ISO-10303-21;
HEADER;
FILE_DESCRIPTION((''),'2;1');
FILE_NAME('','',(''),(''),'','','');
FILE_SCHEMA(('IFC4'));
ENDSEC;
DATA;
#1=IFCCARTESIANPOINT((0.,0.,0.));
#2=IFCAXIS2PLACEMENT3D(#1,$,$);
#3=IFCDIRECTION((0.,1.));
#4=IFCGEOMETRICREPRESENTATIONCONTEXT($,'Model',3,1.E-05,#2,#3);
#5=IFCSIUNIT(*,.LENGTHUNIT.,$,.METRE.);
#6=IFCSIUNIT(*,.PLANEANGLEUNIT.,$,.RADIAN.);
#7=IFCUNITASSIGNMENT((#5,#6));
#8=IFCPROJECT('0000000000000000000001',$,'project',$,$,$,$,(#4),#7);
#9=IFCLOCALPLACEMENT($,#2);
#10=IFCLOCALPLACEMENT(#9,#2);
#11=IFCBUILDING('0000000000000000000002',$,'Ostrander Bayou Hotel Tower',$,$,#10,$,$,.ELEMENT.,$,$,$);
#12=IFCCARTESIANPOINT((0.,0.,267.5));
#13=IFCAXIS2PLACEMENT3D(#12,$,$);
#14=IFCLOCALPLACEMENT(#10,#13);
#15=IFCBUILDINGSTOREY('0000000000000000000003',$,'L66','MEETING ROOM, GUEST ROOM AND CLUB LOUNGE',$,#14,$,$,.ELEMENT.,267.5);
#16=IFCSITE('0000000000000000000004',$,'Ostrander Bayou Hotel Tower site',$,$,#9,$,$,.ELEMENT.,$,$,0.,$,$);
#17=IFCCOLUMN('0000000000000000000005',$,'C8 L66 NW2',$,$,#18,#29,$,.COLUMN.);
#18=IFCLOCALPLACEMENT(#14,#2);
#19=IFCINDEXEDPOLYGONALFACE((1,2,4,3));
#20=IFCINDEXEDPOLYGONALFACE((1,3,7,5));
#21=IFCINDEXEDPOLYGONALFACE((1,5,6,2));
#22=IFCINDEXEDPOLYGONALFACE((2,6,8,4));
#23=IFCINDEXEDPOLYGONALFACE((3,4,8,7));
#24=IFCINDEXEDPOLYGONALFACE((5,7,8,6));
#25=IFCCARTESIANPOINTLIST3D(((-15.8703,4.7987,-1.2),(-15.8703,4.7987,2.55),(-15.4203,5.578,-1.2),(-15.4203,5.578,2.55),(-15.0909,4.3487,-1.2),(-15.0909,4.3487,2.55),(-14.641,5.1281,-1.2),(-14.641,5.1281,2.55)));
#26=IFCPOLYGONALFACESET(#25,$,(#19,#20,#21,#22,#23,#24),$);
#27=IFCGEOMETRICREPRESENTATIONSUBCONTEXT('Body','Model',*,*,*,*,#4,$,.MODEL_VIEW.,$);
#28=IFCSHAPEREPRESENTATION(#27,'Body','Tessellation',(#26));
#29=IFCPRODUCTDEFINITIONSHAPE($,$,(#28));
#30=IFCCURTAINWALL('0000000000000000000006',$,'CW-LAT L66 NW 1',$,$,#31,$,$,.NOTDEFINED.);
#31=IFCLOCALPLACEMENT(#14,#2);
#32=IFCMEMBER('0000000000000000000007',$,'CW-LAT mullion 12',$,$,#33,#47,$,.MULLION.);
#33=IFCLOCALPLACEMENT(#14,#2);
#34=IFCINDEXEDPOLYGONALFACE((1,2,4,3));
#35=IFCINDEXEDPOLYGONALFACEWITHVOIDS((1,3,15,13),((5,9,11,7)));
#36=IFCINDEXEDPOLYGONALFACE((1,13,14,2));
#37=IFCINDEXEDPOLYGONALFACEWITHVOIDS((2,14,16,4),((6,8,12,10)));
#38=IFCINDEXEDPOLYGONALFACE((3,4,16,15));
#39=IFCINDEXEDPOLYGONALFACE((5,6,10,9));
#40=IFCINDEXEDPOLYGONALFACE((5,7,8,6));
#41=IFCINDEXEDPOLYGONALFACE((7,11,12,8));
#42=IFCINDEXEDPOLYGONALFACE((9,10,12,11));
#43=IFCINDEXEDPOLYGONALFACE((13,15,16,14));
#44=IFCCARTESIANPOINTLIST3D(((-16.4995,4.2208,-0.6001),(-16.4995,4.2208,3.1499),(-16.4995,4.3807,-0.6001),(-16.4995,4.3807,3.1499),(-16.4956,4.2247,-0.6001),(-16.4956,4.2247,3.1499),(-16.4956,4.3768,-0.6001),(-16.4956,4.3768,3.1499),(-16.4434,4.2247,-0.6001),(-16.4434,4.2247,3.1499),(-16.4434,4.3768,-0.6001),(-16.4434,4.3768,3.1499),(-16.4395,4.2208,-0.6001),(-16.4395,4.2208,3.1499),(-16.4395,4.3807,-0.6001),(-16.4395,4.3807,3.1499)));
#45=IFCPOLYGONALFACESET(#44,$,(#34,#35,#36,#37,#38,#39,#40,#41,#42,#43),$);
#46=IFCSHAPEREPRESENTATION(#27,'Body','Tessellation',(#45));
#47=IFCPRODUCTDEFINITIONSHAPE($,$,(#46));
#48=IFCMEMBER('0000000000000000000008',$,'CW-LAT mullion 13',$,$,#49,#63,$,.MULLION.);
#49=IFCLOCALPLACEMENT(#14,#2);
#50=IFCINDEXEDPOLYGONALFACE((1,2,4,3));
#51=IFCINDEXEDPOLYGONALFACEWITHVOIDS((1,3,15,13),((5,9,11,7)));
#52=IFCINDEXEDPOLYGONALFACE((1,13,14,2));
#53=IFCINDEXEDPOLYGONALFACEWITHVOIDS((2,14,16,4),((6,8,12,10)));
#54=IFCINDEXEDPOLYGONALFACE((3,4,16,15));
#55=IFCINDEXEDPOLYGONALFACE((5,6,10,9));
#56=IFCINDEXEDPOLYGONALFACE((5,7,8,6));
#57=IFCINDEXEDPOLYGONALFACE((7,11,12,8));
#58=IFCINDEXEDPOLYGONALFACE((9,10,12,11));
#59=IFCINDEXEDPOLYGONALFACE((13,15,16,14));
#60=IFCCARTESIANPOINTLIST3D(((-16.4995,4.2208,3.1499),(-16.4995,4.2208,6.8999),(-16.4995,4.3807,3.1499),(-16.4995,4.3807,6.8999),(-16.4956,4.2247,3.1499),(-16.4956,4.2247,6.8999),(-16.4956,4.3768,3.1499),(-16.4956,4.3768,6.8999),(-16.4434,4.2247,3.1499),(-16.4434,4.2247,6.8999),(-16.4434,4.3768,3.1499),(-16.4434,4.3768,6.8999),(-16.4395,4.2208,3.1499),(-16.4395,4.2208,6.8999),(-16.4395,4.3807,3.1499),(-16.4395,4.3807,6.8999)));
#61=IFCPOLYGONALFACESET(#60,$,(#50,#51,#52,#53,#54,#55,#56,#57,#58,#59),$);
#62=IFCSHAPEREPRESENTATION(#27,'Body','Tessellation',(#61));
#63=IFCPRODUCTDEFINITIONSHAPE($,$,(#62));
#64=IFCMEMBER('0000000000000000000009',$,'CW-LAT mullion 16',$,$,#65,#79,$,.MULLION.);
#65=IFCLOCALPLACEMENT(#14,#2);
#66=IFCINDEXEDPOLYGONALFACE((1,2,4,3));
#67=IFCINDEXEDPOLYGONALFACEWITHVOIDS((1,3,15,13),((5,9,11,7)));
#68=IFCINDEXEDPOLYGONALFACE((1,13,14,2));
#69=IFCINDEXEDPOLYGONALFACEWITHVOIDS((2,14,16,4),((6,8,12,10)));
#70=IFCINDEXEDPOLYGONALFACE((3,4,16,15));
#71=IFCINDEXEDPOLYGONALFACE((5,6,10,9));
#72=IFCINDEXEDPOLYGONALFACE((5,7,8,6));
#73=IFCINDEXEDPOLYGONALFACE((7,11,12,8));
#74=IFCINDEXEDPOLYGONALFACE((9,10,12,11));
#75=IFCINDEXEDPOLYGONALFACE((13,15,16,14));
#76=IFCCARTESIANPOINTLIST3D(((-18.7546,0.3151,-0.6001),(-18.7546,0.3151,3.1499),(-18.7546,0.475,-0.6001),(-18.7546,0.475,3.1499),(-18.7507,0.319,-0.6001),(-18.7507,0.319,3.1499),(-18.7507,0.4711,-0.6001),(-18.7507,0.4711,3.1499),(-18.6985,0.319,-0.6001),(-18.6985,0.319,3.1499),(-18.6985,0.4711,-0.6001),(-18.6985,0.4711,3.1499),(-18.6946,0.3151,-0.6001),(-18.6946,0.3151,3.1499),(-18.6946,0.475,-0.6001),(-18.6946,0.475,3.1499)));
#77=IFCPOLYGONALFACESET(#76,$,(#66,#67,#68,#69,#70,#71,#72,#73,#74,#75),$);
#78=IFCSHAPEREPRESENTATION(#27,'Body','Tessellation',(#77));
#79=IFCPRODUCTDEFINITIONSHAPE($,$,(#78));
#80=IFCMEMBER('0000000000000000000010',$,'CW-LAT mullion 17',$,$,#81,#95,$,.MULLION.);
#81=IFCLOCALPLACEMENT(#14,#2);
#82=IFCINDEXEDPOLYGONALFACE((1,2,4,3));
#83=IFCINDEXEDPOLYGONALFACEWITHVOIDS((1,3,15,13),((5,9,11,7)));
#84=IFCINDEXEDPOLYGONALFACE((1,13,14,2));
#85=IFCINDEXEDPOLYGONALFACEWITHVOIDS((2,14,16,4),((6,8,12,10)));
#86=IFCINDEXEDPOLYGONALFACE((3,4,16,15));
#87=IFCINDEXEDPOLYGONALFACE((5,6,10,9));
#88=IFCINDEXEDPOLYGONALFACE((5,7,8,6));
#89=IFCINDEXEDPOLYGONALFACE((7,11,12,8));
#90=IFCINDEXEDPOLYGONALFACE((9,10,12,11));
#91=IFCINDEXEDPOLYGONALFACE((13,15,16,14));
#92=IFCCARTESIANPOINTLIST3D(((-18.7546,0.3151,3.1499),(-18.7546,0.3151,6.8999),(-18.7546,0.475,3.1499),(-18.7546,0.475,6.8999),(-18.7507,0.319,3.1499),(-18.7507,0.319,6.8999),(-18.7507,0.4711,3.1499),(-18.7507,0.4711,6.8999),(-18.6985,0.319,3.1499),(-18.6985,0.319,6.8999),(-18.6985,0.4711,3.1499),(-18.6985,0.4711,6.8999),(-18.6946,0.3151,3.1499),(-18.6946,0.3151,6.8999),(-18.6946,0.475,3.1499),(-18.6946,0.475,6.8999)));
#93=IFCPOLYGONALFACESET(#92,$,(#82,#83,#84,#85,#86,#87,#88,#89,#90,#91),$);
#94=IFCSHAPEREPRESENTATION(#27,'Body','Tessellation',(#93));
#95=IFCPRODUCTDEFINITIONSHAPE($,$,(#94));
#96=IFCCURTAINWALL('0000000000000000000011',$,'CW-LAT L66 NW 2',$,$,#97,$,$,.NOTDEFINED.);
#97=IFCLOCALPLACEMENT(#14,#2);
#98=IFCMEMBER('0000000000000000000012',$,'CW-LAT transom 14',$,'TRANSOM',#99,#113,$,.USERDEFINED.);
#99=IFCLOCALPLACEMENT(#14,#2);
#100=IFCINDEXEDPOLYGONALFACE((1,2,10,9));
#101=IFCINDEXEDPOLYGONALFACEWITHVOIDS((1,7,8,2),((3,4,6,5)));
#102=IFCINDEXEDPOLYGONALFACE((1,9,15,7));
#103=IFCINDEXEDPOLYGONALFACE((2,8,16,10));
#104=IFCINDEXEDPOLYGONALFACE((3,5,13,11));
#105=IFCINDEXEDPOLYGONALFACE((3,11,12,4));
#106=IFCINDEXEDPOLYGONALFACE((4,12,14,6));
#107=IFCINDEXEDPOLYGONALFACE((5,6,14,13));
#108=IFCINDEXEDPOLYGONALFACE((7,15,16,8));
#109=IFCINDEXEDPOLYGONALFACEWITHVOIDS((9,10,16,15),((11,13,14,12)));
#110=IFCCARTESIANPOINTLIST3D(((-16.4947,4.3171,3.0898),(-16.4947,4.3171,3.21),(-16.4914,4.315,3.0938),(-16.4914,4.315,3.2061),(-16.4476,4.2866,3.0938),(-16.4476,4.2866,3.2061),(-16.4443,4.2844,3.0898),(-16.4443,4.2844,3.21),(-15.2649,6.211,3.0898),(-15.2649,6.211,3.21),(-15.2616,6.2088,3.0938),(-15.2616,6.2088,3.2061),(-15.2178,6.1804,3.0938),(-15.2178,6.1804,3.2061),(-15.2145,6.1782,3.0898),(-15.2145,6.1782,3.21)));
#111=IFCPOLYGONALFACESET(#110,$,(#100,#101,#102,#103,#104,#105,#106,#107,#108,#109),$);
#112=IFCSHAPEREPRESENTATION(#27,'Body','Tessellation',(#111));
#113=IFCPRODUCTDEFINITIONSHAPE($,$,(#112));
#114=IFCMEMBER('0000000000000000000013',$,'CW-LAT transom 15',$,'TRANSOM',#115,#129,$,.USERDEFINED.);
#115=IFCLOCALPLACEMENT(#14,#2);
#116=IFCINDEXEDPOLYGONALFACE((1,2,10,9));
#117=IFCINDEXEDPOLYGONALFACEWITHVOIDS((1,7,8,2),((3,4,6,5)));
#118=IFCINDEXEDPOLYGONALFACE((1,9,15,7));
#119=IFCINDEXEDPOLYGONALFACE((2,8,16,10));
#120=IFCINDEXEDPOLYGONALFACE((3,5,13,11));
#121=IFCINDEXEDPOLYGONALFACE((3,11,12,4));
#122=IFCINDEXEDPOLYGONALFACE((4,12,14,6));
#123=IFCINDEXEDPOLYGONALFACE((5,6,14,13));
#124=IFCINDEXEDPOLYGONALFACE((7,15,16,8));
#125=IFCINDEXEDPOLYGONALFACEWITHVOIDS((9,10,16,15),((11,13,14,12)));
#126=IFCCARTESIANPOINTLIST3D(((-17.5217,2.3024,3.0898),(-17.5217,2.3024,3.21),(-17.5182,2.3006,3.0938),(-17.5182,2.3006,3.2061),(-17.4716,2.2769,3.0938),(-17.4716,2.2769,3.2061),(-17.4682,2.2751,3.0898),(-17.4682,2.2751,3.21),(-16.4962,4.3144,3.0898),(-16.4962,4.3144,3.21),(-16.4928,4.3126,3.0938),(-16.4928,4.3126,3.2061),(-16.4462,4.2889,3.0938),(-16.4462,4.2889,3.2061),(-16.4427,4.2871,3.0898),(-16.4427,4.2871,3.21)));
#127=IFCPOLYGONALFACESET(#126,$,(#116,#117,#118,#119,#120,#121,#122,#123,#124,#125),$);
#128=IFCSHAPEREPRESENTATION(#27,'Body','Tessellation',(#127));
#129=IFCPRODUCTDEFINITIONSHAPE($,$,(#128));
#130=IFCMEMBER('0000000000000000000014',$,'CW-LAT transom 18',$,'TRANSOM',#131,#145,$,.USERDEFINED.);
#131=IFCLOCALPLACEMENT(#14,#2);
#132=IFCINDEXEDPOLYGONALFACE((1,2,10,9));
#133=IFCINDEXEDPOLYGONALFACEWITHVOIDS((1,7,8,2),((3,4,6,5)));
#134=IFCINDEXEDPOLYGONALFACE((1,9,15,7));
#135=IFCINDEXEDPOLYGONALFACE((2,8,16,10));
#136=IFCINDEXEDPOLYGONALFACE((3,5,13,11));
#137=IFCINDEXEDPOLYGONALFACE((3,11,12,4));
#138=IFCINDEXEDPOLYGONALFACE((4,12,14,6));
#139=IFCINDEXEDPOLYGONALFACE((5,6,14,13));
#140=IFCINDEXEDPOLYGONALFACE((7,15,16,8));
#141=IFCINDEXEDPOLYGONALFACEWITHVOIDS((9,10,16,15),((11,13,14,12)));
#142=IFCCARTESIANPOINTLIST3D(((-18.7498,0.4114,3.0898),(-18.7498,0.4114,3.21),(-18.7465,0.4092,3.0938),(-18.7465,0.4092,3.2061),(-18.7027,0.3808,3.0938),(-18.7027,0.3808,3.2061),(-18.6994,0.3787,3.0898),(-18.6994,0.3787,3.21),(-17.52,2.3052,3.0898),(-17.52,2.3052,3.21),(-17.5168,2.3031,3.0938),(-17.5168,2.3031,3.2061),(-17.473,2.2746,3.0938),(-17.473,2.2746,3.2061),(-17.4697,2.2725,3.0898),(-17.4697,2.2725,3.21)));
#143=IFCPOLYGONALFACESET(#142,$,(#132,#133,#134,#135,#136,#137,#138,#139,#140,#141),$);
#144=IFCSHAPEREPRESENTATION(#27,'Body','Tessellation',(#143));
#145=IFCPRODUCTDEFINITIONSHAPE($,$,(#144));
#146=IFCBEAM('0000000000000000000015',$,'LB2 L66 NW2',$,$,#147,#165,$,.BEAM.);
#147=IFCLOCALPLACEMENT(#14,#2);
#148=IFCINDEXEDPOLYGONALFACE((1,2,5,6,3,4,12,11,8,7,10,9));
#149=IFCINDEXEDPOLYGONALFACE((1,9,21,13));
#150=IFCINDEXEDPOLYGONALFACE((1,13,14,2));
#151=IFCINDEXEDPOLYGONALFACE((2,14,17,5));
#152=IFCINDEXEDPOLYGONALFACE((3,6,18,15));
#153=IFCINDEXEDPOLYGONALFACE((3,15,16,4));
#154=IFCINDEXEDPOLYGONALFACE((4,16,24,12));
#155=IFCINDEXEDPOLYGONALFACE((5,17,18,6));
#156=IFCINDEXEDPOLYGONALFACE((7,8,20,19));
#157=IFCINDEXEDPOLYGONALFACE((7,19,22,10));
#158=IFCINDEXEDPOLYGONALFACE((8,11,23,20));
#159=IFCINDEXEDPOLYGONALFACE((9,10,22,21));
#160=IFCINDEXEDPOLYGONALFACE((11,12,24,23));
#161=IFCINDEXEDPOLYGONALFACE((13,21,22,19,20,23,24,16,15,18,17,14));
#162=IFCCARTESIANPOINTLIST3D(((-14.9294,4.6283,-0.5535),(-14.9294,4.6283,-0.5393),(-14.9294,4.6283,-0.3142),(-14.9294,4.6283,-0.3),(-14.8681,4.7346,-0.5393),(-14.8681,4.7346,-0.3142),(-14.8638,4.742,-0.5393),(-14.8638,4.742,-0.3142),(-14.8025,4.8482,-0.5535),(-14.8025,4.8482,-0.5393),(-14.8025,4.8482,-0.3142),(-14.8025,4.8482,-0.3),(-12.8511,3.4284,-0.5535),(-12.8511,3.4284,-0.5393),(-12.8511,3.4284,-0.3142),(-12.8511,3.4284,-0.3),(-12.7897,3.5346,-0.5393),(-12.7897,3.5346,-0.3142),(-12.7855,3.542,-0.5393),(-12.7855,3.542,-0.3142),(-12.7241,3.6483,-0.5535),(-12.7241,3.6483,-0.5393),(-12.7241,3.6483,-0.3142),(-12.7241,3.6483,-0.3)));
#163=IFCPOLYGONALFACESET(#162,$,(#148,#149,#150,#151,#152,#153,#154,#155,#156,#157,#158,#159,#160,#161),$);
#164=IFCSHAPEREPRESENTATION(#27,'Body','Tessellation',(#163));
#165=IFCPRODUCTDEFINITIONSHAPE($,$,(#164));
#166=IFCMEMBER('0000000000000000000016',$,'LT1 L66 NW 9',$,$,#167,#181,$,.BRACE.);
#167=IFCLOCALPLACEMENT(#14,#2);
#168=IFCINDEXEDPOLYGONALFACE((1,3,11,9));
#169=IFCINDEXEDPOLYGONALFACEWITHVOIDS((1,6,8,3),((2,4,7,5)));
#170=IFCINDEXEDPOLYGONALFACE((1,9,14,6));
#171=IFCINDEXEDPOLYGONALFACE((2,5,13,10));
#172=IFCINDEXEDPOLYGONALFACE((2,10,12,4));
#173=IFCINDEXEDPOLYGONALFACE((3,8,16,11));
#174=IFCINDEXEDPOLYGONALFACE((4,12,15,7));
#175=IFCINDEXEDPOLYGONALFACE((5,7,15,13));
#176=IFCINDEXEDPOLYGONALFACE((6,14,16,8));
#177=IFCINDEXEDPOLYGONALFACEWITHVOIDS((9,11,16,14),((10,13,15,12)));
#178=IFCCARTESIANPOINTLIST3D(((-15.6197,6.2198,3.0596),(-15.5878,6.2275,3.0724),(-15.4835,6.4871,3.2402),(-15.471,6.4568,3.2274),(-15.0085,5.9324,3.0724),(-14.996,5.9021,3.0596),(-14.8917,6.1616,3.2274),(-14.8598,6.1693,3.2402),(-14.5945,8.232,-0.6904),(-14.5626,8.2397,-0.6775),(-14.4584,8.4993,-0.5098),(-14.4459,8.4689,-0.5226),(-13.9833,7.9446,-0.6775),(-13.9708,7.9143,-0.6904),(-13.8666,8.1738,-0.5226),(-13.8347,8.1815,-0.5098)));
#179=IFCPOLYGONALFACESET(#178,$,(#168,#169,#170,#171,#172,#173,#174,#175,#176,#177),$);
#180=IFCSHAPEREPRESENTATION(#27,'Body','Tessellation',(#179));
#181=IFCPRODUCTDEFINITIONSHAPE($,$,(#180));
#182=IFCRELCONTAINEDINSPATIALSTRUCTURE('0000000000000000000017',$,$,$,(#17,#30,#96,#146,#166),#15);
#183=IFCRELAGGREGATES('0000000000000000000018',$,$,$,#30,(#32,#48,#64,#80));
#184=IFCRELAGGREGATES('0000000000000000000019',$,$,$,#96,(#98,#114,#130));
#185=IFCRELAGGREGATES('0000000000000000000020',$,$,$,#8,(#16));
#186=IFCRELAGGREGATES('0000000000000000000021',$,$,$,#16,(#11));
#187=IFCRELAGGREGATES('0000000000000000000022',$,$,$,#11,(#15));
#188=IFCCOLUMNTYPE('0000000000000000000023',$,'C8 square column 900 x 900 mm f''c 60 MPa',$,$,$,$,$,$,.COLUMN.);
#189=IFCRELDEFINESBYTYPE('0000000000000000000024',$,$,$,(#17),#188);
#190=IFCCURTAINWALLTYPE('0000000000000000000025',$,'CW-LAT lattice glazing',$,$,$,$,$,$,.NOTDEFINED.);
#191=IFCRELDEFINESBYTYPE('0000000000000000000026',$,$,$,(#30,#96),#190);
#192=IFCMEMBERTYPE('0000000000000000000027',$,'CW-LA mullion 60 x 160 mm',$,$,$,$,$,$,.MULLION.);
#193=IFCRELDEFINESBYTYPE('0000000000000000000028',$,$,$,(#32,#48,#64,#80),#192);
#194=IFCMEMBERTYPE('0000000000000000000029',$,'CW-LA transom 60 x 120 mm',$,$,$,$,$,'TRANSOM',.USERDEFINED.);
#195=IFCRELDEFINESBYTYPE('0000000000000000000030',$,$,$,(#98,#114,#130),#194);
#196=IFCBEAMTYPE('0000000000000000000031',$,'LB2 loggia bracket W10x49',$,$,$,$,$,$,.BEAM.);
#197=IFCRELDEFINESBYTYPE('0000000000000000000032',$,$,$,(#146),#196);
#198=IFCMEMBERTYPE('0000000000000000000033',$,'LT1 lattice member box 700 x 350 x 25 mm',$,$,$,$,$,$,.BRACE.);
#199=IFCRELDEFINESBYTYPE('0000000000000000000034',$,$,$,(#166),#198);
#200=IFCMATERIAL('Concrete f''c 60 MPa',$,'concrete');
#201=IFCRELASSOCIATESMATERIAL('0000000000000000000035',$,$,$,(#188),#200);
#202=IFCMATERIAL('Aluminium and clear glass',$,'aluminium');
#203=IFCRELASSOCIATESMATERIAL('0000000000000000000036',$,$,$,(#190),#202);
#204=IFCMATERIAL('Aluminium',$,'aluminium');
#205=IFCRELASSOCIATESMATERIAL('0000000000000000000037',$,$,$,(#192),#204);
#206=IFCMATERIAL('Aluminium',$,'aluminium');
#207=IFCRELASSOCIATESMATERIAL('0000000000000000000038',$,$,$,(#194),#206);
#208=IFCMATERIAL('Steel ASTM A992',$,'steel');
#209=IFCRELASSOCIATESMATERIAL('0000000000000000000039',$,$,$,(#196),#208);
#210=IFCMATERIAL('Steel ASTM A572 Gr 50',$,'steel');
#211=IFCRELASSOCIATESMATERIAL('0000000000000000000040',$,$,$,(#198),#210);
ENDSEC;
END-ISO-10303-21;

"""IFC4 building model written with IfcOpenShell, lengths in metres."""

from ifc_helpers import new_model, si_unit, direction, frame, origin, origin_2d, place, context, subcontext, project, spatial, rectangle, hollow_rectangle, i_section, extrude, material, material_profile, profile_set, type_object, element, aggregate, save


model = new_model("IFC4")

# Units and contexts
model_context = context("Model", 3, precision=1e-05, world=origin(), true_north=direction((0.0, 1.0)))
body_context = subcontext(model_context, "Body", "Model", "MODEL_VIEW")
ifc_project = project(units=[si_unit("LENGTHUNIT", "METRE"), si_unit("PLANEANGLEUNIT", "RADIAN")], contexts=[model_context])

# Site, building, storey
site_placement = place(None, origin())
site = spatial("IfcSite", under=ifc_project, at=site_placement, Name="Ostrander Bayou Hotel Tower site", CompositionType="ELEMENT", RefElevation=0.0)
building_placement = place(site_placement, origin())
building = spatial("IfcBuilding", under=site, at=building_placement, Name="Ostrander Bayou Hotel Tower", CompositionType="ELEMENT")
storey_placement = place(building_placement, frame((0.0, 0.0, 267.5)))
storey = spatial("IfcBuildingStorey", under=building, at=storey_placement, Name="L66", Description="MEETING ROOM, GUEST ROOM AND CLUB LOUNGE", CompositionType="ELEMENT", Elevation=267.5)

# Column
ifc_material_1 = material(Name="Concrete f'c 60 MPa", Category="concrete")
ifc_material_profile_1 = material_profile(ifc_material_1, rectangle(XDim=0.8999, YDim=0.8999, at=origin_2d()))
ifc_profile_set_1 = profile_set([ifc_material_profile_1], Name="Concrete f'c 60 MPa")
column_type = type_object("IfcColumnType", Name="C8 square column 900 x 900 mm f'c 60 MPa", PredefinedType="COLUMN", material=ifc_profile_set_1)
column_placement = place(storey_placement, frame((-15.2556, 4.9634, -1.2), z_axis=(0.0, 0.0, 1.0), x_axis=(0.5, 0.866025, 0.0)))
element("IfcColumn", 1, at=column_placement, inside=storey, type_object=column_type, Name="C8 L66 NW2", PredefinedType="COLUMN", context=body_context, shape_type="SweptSolid", body=[
    extrude(rectangle(XDim=0.8999, YDim=0.8999, at=origin_2d()), origin(), (0.0, 0.0, 1.0), 3.75),
])

# Curtain walls, members
ifc_material_2 = material(Name="Aluminium and clear glass", Category="aluminium")
curtain_wall_type = type_object("IfcCurtainWallType", Name="CW-LAT lattice glazing", PredefinedType="NOTDEFINED", material=ifc_material_2)
curtain_wall_1_placement = place(storey_placement, origin())
curtain_wall_1 = element("IfcCurtainWall", 2, at=curtain_wall_1_placement, inside=storey, type_object=curtain_wall_type, Name="CW-LAT L66 NW 1", PredefinedType="NOTDEFINED")
ifc_material_3 = material(Name="Aluminium", Category="aluminium")
ifc_material_profile_2 = material_profile(ifc_material_3, hollow_rectangle(XDim=0.0601, YDim=0.1599, WallThickness=0.0039, at=origin_2d()))
ifc_profile_set_2 = profile_set([ifc_material_profile_2], Name="Aluminium")
member_type_1 = type_object("IfcMemberType", Name="CW-LA mullion 60 x 160 mm", PredefinedType="MULLION", material=ifc_profile_set_2)
member_1_placement = place(storey_placement, frame((-16.4695, 4.3008, -0.6001), z_axis=(0.0, 0.0, 1.0), x_axis=(1.0, 0.0, 0.0)))
member_1 = element("IfcMember", 3, at=member_1_placement, type_object=member_type_1, Name="CW-LAT mullion 12", PredefinedType="MULLION", context=body_context, shape_type="SweptSolid", body=[
    extrude(hollow_rectangle(XDim=0.0601, YDim=0.1599, WallThickness=0.0039, at=origin_2d()), origin(), (0.0, 0.0, 1.0), 3.75),
])
member_2_placement = place(storey_placement, frame((-16.4695, 4.3008, 3.1499), z_axis=(0.0, 0.0, 1.0), x_axis=(1.0, 0.0, 0.0)))
member_2 = element("IfcMember", 4, at=member_2_placement, type_object=member_type_1, Name="CW-LAT mullion 13", PredefinedType="MULLION", context=body_context, shape_type="SweptSolid", body=[
    extrude(hollow_rectangle(XDim=0.0601, YDim=0.1599, WallThickness=0.0039, at=origin_2d()), origin(), (0.0, 0.0, 1.0), 3.75),
])
member_3_placement = place(storey_placement, frame((-18.7246, 0.395, -0.6001), z_axis=(0.0, 0.0, 1.0), x_axis=(1.0, 0.0, 0.0)))
member_3 = element("IfcMember", 5, at=member_3_placement, type_object=member_type_1, Name="CW-LAT mullion 16", PredefinedType="MULLION", context=body_context, shape_type="SweptSolid", body=[
    extrude(hollow_rectangle(XDim=0.0601, YDim=0.1599, WallThickness=0.0039, at=origin_2d()), origin(), (0.0, 0.0, 1.0), 3.75),
])
member_4_placement = place(storey_placement, frame((-18.7246, 0.395, 3.1499), z_axis=(0.0, 0.0, 1.0), x_axis=(1.0, 0.0, 0.0)))
member_4 = element("IfcMember", 6, at=member_4_placement, type_object=member_type_1, Name="CW-LAT mullion 17", PredefinedType="MULLION", context=body_context, shape_type="SweptSolid", body=[
    extrude(hollow_rectangle(XDim=0.0601, YDim=0.1599, WallThickness=0.0039, at=origin_2d()), origin(), (0.0, 0.0, 1.0), 3.75),
])
curtain_wall_2_placement = place(storey_placement, origin())
curtain_wall_2 = element("IfcCurtainWall", 7, at=curtain_wall_2_placement, inside=storey, type_object=curtain_wall_type, Name="CW-LAT L66 NW 2", PredefinedType="NOTDEFINED")
ifc_material_4 = material(Name="Aluminium", Category="aluminium")
ifc_material_profile_3 = material_profile(ifc_material_4, hollow_rectangle(XDim=0.0601, YDim=0.1201, WallThickness=0.0039, at=origin_2d()))
ifc_profile_set_3 = profile_set([ifc_material_profile_3], Name="Aluminium")
member_type_2 = type_object("IfcMemberType", Name="CW-LA transom 60 x 120 mm", ElementType="TRANSOM", PredefinedType="USERDEFINED", material=ifc_profile_set_3)
member_5_placement = place(storey_placement, frame((-16.4695, 4.3008, 3.1499), z_axis=(0.544604, 0.838693, 0.0), x_axis=(-0.838693, 0.544604, 0.0)))
member_5 = element("IfcMember", 8, at=member_5_placement, type_object=member_type_2, Name="CW-LAT transom 14", ObjectType="TRANSOM", PredefinedType="USERDEFINED", context=body_context, shape_type="SweptSolid", body=[
    extrude(hollow_rectangle(XDim=0.0601, YDim=0.1201, WallThickness=0.0039, at=origin_2d()), origin(), (0.0, 0.0, 1.0), 2.2581),
])
member_6_placement = place(storey_placement, frame((-16.4695, 4.3008, 3.1499), z_axis=(-0.454076, -0.890963, 0.0), x_axis=(0.890963, -0.454076, 0.0)))
member_6 = element("IfcMember", 9, at=member_6_placement, type_object=member_type_2, Name="CW-LAT transom 15", ObjectType="TRANSOM", PredefinedType="USERDEFINED", context=body_context, shape_type="SweptSolid", body=[
    extrude(hollow_rectangle(XDim=0.0601, YDim=0.1201, WallThickness=0.0039, at=origin_2d()), origin(), (0.0, 0.0, 1.0), 2.2583),
])
member_7_placement = place(storey_placement, frame((-18.7246, 0.395, 3.1499), z_axis=(0.544604, 0.838693, 0.0), x_axis=(-0.838693, 0.544604, 0.0)))
member_7 = element("IfcMember", 10, at=member_7_placement, type_object=member_type_2, Name="CW-LAT transom 18", ObjectType="TRANSOM", PredefinedType="USERDEFINED", context=body_context, shape_type="SweptSolid", body=[
    extrude(hollow_rectangle(XDim=0.0601, YDim=0.1201, WallThickness=0.0039, at=origin_2d()), origin(), (0.0, 0.0, 1.0), 2.2581),
])

# Beam
ifc_material_5 = material(Name="Steel ASTM A992", Category="steel")
ifc_material_profile_4 = material_profile(ifc_material_5, i_section(OverallWidth=0.2539, OverallDepth=0.2534, WebThickness=0.0085, FlangeThickness=0.0142, at=origin_2d()))
ifc_profile_set_4 = profile_set([ifc_material_profile_4], Name="Steel ASTM A992")
beam_type_1 = type_object("IfcBeamType", Name="LB2 loggia bracket W10x49", PredefinedType="BEAM", material=ifc_profile_set_4)
beam_1_placement = place(storey_placement, frame((-14.866, 4.7383, -0.4268), z_axis=(0.866025, -0.500001, 0.0), x_axis=(0.500001, 0.866025, 0.0)))
element("IfcBeam", 11, at=beam_1_placement, inside=storey, type_object=beam_type_1, Name="LB2 L66 NW2", PredefinedType="BEAM", context=body_context, shape_type="SweptSolid", body=[
    extrude(i_section(OverallWidth=0.2539, OverallDepth=0.2534, WebThickness=0.0085, FlangeThickness=0.0142, at=origin_2d()), origin(), (0.0, 0.0, 1.0), 2.3999),
])

# Member
ifc_material_6 = material(Name="Steel ASTM A572 Gr 50", Category="steel")
ifc_material_profile_5 = material_profile(ifc_material_6, hollow_rectangle(XDim=0.7, YDim=0.3501, WallThickness=0.0249, at=origin_2d()))
ifc_profile_set_5 = profile_set([ifc_material_profile_5], Name="Steel ASTM A572 Gr 50")
member_type_3 = type_object("IfcMemberType", Name="LT1 lattice member box 700 x 350 x 25 mm", PredefinedType="BRACE", material=ifc_profile_set_5)
for number, where, z_axis, x_axis, name in (
    (12, (-15.2397, 6.1946, 3.1499), (0.234186, 0.459672, -0.856656), (-0.891029, 0.453947, 0.0), "LT1 L66 NW 9"),
):
    element("IfcMember", number, at=place(storey_placement, frame(where, z_axis=z_axis, x_axis=x_axis)), inside=storey, type_object=member_type_3, Name=name, PredefinedType="BRACE", context=body_context, shape_type="SweptSolid", body=[
        extrude(hollow_rectangle(XDim=0.7, YDim=0.3501, WallThickness=0.0249, at=origin_2d()), origin(), (0.0, 0.0, 1.0), 4.3774),
    ])

aggregate(curtain_wall_1, [member_1, member_2, member_3, member_4])
aggregate(curtain_wall_2, [member_5, member_6, member_7])

save(model, "model.ifc")
